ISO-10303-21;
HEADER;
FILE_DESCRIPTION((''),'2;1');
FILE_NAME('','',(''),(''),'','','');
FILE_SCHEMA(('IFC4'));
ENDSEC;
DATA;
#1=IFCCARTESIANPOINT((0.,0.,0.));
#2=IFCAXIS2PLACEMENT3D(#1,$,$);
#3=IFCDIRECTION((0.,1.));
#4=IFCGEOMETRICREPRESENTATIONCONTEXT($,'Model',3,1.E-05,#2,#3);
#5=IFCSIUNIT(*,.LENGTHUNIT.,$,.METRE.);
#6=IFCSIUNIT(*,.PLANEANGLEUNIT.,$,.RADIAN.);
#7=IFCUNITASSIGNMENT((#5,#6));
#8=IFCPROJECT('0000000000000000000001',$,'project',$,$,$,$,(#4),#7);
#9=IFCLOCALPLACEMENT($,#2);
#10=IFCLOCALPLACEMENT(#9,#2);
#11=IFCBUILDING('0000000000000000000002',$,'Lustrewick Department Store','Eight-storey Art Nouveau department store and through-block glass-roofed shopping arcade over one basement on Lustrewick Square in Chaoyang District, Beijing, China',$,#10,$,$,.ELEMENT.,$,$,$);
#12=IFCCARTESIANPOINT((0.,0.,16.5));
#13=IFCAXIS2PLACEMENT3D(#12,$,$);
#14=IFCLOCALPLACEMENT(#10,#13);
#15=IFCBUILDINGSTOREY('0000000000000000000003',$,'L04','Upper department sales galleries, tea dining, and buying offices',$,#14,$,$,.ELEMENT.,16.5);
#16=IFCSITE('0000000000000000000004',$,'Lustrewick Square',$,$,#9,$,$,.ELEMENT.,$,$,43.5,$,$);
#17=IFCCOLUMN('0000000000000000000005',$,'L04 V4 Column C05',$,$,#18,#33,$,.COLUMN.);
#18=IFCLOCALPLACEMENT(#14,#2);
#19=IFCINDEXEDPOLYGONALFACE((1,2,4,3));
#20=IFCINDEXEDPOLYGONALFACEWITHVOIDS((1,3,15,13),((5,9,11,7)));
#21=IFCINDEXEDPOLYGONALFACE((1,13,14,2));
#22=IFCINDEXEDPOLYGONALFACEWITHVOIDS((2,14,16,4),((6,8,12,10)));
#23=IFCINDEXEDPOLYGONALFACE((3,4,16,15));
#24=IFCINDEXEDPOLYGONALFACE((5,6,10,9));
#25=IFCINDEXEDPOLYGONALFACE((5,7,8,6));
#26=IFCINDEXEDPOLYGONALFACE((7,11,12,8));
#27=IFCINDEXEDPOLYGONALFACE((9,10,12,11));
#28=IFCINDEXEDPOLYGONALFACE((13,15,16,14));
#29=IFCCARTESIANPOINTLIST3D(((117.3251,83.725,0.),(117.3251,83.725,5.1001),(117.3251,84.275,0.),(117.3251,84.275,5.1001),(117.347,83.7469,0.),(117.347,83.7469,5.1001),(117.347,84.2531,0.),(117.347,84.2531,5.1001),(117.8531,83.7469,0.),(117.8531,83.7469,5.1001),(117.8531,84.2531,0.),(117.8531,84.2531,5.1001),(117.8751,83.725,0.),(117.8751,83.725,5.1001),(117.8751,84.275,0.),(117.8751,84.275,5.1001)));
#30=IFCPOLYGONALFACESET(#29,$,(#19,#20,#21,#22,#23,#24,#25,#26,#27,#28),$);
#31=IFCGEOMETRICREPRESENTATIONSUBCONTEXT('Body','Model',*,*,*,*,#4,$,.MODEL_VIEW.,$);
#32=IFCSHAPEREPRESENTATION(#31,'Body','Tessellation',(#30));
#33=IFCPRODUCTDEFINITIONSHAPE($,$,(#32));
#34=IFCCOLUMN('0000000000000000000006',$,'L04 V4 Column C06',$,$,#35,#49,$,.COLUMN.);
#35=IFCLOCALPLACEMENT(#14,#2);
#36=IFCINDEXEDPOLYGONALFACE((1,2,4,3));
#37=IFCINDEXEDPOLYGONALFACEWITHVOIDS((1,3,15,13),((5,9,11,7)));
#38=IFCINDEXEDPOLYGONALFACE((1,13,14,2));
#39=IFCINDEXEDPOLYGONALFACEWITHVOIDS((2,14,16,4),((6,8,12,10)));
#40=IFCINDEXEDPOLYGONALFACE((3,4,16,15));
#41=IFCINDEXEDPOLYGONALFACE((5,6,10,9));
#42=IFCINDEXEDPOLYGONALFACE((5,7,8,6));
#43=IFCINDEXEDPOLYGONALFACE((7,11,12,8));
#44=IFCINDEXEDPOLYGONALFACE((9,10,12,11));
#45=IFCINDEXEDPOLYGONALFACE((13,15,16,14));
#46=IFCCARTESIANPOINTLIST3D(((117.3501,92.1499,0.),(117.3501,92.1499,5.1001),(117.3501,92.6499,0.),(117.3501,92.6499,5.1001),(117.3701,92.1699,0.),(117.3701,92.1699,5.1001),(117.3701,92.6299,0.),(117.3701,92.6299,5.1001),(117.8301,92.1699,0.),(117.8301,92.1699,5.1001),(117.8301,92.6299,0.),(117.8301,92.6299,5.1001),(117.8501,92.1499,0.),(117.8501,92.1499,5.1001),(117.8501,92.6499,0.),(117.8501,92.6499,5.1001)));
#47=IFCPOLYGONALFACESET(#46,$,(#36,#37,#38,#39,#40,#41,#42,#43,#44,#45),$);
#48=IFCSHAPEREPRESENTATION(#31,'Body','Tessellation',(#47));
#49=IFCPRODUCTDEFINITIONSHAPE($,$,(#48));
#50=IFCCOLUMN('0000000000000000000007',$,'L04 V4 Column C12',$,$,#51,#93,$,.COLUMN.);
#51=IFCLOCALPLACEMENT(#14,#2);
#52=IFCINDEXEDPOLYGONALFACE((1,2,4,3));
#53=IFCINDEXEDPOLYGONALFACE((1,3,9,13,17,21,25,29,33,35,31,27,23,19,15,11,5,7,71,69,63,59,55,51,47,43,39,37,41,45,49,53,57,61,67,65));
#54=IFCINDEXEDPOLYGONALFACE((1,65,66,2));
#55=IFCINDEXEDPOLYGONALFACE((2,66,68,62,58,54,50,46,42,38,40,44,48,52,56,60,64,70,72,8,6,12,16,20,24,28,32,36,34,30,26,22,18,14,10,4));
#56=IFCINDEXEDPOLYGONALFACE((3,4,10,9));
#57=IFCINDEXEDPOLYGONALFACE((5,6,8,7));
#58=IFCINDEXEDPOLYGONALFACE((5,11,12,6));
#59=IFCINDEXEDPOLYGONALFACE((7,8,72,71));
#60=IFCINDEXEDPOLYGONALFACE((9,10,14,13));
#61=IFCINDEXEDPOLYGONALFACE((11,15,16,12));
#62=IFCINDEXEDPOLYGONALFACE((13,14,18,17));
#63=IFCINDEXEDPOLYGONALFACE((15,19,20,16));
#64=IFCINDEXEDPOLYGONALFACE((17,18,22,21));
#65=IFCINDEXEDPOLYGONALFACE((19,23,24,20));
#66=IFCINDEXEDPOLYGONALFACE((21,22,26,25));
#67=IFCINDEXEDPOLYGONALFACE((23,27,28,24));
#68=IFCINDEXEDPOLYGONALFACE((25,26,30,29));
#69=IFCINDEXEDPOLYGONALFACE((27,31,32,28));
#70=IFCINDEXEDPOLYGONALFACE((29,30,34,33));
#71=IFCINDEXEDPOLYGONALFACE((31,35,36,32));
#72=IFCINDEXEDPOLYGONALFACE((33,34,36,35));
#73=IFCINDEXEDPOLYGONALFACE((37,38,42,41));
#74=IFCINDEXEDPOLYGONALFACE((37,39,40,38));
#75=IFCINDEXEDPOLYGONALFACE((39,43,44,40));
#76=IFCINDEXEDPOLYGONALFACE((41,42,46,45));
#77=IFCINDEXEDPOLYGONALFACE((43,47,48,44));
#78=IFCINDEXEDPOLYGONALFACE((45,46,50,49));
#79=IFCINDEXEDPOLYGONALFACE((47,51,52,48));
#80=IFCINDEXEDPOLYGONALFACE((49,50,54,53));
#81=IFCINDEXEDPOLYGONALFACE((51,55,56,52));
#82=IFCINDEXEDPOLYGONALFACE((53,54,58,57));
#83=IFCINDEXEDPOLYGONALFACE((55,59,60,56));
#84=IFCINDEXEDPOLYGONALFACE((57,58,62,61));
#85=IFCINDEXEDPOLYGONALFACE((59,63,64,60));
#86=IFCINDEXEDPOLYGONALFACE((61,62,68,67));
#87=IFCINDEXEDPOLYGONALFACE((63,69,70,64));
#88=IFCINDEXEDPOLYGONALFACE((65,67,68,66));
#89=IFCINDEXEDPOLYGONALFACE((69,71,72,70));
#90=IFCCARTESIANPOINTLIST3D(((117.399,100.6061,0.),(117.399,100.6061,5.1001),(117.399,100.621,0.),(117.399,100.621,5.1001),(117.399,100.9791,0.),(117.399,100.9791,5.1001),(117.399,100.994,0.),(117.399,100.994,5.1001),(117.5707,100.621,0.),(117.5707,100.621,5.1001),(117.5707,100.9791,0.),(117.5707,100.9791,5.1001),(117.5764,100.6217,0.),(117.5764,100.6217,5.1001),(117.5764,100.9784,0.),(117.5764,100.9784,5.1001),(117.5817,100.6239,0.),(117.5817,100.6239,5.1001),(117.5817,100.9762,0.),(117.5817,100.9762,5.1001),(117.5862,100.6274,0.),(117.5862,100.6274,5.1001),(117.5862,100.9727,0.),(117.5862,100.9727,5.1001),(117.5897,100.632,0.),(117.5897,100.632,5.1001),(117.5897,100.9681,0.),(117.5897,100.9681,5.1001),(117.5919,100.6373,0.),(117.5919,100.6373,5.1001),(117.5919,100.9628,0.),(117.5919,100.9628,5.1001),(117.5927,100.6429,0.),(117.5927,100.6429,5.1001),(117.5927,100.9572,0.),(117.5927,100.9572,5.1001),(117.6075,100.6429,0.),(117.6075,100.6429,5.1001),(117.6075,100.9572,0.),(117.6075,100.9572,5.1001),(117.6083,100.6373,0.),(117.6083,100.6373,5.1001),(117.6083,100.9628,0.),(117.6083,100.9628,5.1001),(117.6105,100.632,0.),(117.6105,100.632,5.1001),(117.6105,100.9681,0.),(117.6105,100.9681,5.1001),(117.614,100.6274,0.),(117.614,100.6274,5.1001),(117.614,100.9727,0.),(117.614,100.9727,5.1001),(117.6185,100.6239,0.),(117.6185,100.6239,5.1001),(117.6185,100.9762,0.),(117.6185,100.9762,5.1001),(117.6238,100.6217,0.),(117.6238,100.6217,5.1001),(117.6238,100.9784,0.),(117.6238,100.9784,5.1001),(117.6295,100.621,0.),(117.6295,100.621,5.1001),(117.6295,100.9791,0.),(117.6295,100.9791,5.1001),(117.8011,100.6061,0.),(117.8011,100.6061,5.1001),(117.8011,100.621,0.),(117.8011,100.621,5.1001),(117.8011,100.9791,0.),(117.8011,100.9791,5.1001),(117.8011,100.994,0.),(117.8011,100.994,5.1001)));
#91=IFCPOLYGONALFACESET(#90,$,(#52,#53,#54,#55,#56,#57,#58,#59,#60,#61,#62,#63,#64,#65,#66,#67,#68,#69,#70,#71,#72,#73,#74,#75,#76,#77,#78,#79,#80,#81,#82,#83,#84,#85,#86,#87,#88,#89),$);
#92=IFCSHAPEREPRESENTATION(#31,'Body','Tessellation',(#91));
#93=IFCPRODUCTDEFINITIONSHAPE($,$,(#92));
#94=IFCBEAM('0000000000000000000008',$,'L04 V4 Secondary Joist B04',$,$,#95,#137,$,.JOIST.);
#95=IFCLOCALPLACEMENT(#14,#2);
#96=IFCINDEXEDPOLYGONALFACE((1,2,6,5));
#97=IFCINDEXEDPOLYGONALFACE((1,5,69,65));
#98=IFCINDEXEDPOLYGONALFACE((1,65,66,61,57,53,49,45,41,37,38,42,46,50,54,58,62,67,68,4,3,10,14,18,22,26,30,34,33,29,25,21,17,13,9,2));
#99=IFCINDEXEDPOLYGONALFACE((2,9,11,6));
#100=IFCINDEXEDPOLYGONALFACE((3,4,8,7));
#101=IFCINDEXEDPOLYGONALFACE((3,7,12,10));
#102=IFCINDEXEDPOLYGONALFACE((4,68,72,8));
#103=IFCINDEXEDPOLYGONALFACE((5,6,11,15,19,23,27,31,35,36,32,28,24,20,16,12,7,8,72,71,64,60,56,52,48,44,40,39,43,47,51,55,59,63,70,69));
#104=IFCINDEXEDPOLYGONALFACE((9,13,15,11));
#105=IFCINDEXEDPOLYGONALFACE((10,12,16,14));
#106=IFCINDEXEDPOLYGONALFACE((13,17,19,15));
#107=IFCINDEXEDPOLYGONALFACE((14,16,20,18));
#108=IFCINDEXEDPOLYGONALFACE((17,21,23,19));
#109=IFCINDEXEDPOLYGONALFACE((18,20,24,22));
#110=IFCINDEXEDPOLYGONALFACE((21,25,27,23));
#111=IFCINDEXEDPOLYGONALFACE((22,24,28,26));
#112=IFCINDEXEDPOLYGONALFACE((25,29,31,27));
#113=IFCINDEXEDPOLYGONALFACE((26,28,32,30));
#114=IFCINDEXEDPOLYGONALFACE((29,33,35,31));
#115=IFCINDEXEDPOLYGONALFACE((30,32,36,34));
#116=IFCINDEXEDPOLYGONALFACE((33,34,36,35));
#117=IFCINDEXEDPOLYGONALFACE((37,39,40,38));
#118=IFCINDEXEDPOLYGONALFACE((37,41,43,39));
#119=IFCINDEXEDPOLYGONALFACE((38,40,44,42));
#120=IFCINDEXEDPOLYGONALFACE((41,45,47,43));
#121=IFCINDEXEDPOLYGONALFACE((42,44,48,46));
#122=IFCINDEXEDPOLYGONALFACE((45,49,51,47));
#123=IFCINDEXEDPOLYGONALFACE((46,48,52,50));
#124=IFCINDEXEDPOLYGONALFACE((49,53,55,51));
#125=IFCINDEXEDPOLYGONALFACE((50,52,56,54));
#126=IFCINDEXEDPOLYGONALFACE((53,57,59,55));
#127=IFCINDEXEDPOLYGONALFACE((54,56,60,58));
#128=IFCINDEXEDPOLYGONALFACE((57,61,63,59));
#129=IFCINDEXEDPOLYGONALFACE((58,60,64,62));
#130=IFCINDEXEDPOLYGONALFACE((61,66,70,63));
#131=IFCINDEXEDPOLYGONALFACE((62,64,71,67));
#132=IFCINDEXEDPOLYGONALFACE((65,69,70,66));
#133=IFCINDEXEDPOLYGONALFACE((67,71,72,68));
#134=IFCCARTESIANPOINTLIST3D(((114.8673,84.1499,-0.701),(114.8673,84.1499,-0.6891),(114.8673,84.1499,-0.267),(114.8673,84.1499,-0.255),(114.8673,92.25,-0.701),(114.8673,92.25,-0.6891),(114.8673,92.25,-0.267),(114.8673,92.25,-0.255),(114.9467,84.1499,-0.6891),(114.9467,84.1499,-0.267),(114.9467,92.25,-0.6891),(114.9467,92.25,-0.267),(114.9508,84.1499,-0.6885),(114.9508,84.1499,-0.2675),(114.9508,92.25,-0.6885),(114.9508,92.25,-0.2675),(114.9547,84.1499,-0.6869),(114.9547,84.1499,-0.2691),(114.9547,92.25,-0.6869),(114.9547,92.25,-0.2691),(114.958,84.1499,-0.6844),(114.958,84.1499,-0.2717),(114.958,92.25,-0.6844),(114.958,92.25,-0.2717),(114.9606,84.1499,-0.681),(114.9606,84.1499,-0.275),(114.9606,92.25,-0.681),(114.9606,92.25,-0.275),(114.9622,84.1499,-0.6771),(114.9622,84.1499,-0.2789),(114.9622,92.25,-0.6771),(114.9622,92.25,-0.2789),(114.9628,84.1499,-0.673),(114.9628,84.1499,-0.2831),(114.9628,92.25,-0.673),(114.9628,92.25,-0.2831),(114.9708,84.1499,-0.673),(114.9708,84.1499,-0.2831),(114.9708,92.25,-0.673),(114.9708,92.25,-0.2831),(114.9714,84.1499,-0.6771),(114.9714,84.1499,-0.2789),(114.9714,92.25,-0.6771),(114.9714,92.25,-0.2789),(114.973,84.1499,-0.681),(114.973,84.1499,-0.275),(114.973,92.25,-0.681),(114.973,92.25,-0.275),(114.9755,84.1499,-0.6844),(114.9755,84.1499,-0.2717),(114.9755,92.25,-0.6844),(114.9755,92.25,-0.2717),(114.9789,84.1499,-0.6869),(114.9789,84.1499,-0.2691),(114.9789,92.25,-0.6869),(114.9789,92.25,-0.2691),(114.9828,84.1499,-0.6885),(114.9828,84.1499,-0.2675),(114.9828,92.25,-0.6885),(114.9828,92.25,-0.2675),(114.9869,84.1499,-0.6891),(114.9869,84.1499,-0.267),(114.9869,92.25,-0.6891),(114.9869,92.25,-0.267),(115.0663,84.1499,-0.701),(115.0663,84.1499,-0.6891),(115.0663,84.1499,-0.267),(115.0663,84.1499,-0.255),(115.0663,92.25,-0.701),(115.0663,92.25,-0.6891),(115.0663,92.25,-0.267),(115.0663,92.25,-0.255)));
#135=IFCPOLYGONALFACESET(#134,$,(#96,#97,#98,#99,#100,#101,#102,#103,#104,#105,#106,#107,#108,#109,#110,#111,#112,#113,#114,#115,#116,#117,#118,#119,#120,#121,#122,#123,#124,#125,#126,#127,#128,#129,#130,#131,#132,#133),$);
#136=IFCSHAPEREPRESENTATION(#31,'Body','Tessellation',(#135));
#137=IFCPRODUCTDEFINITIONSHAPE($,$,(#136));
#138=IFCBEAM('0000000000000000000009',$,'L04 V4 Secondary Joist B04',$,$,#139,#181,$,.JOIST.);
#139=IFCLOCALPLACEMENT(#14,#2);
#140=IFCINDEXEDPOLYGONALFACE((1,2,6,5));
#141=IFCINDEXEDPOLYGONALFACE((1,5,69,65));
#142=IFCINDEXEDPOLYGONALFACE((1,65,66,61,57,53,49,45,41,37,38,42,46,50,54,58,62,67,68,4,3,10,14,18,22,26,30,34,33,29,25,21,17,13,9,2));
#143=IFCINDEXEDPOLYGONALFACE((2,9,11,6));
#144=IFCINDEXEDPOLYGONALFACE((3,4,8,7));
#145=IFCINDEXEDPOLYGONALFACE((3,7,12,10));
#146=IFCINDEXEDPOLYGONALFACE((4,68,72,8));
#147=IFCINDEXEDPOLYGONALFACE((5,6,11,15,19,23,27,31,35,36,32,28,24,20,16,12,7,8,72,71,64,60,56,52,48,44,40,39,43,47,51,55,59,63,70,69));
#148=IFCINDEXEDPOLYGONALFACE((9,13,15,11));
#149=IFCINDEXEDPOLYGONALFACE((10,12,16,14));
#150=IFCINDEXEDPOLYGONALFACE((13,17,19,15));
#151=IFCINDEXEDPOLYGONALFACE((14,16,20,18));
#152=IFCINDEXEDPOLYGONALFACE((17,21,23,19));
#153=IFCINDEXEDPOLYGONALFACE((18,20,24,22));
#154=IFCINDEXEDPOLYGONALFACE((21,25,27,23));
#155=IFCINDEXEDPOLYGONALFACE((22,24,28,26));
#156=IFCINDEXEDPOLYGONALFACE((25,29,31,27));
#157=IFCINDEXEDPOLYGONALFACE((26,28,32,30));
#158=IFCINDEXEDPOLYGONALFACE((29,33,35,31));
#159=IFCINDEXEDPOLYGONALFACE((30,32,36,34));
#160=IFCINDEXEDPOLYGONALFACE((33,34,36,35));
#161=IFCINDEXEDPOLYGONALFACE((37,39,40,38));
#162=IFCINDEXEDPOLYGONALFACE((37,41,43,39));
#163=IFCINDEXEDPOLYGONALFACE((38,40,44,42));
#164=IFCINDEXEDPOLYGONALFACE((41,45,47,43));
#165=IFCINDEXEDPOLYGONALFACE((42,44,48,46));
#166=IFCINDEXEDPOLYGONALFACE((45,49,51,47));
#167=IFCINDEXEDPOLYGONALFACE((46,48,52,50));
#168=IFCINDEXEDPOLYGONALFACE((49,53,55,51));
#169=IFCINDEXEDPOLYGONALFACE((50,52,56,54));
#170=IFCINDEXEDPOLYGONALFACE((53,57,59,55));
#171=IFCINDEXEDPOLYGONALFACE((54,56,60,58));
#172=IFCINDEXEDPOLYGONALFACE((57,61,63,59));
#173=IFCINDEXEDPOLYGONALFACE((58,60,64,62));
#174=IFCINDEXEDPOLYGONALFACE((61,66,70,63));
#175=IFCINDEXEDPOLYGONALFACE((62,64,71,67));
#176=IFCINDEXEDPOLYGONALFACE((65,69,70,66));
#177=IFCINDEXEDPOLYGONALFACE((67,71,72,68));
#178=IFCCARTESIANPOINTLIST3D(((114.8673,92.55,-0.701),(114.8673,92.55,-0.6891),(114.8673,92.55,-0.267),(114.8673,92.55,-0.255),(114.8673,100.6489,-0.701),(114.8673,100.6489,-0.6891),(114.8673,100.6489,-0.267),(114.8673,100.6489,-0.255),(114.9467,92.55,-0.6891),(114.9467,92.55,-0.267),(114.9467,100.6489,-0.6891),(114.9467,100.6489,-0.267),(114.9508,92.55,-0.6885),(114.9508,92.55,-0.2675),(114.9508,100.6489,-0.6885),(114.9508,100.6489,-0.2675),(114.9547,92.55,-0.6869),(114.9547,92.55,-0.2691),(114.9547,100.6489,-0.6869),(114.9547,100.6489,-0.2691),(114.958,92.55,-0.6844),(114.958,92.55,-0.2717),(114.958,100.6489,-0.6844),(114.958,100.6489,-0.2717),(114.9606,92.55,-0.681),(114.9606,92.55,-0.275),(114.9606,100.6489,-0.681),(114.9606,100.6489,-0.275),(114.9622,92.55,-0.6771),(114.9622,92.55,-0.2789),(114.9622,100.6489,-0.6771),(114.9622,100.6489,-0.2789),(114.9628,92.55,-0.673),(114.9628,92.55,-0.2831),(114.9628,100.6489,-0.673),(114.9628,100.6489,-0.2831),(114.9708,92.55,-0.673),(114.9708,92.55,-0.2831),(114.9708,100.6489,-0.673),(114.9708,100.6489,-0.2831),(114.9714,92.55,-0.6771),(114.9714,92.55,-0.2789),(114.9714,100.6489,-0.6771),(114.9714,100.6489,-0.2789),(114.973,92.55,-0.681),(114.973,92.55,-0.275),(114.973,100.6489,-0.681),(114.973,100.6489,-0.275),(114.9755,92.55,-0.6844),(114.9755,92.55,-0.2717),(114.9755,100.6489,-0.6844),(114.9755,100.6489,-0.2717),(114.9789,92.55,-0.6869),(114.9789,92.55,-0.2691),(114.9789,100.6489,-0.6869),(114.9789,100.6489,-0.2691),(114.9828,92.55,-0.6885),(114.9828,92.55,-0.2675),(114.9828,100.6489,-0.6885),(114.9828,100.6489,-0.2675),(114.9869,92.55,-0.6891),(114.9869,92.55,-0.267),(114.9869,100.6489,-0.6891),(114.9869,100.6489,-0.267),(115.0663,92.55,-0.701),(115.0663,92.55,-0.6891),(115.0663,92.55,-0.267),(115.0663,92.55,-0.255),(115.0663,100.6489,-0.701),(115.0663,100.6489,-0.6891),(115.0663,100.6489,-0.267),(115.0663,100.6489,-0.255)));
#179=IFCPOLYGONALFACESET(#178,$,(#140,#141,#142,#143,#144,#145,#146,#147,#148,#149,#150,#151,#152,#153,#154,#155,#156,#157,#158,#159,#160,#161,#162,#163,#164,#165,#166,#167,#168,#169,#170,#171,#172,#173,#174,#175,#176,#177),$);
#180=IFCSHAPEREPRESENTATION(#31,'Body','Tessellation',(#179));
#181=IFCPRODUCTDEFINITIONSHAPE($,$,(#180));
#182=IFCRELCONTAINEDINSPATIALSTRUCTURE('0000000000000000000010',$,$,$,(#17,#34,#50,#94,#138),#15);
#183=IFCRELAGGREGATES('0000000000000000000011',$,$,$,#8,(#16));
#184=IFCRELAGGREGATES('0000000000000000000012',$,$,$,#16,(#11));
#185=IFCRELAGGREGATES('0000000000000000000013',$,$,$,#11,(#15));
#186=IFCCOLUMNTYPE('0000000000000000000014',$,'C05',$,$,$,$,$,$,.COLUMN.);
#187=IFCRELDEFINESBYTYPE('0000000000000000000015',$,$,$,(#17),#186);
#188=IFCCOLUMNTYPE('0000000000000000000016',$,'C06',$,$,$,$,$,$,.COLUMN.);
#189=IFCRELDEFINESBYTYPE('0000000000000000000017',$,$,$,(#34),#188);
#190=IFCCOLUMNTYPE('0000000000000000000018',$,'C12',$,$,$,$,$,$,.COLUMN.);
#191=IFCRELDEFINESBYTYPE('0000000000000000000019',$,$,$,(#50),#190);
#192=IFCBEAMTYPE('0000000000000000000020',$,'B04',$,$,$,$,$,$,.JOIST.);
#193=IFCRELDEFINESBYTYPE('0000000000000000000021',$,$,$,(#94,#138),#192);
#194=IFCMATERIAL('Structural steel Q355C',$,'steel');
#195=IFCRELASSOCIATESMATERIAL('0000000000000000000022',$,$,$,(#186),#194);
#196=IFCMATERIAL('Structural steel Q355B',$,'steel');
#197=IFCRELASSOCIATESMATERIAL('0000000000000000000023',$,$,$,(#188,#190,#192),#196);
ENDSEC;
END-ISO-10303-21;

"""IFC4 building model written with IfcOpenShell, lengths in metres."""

from ifc_helpers import new_model, si_unit, direction, frame, origin, origin_2d, place, context, subcontext, project, spatial, hollow_rectangle, i_section, extrude, material, material_profile, profile_set, type_object, element, save


model = new_model("IFC4")

# Units and contexts
model_context = context("Model", 3, precision=1e-05, world=origin(), true_north=direction((0.0, 1.0)))
body_context = subcontext(model_context, "Body", "Model", "MODEL_VIEW")
ifc_project = project(units=[si_unit("LENGTHUNIT", "METRE"), si_unit("PLANEANGLEUNIT", "RADIAN")], contexts=[model_context])

# Site, building, storey
site_placement = place(None, origin())
site = spatial("IfcSite", under=ifc_project, at=site_placement, Name="Lustrewick Square", CompositionType="ELEMENT", RefElevation=43.5)
building_placement = place(site_placement, origin())
building = spatial("IfcBuilding", under=site, at=building_placement, Name="Lustrewick Department Store", Description="Eight-storey Art Nouveau department store and through-block glass-roofed shopping arcade over one basement on Lustrewick Square in Chaoyang District, Beijing, China", CompositionType="ELEMENT")
storey_placement = place(building_placement, frame((0.0, 0.0, 16.5)))
storey = spatial("IfcBuildingStorey", under=building, at=storey_placement, Name="L04", Description="Upper department sales galleries, tea dining, and buying offices", CompositionType="ELEMENT", Elevation=16.5)

# Columns
ifc_material_1 = material(Name="Structural steel Q355C", Category="steel")
ifc_material_profile_1 = material_profile(ifc_material_1, hollow_rectangle(XDim=0.55, YDim=0.55, WallThickness=0.022, at=origin_2d()), Name="BOX 550x550x22")
ifc_profile_set_1 = profile_set([ifc_material_profile_1], Name="Structural steel Q355C")
column_type_1 = type_object("IfcColumnType", Name="C05", PredefinedType="COLUMN", material=ifc_profile_set_1)
column_1_placement = place(storey_placement, frame((117.6001, 84.0, 0.0), z_axis=(0.0, 0.0, 1.0), x_axis=(1.0, 0.0, 0.0)))
element("IfcColumn", 1, at=column_1_placement, inside=storey, type_object=column_type_1, Name="L04 V4 Column C05", PredefinedType="COLUMN", context=body_context, shape_type="SweptSolid", body=[
    extrude(hollow_rectangle(XDim=0.55, YDim=0.55, WallThickness=0.022, at=origin_2d()), origin(), (0.0, 0.0, 1.0), 5.1001),
])
ifc_material_2 = material(Name="Structural steel Q355B", Category="steel")
ifc_material_profile_2 = material_profile(ifc_material_2, hollow_rectangle(XDim=0.5, YDim=0.5, WallThickness=0.02, at=origin_2d()), Name="BOX 500x500x20")
ifc_profile_set_2 = profile_set([ifc_material_profile_2], Name="Structural steel Q355B")
column_type_2 = type_object("IfcColumnType", Name="C06", PredefinedType="COLUMN", material=ifc_profile_set_2)
column_2_placement = place(storey_placement, frame((117.6001, 92.3999, 0.0), z_axis=(0.0, 0.0, 1.0), x_axis=(1.0, 0.0, 0.0)))
element("IfcColumn", 2, at=column_2_placement, inside=storey, type_object=column_type_2, Name="L04 V4 Column C06", PredefinedType="COLUMN", context=body_context, shape_type="SweptSolid", body=[
    extrude(hollow_rectangle(XDim=0.5, YDim=0.5, WallThickness=0.02, at=origin_2d()), origin(), (0.0, 0.0, 1.0), 5.1001),
])
ifc_material_profile_3 = material_profile(ifc_material_2, i_section(OverallWidth=0.4021, OverallDepth=0.3879, WebThickness=0.0149, FlangeThickness=0.0149, FilletRadius=0.022, at=origin_2d()), Name="HW 388x402x15x15")
ifc_profile_set_3 = profile_set([ifc_material_profile_3], Name="Structural steel Q355B")
column_type_3 = type_object("IfcColumnType", Name="C12", PredefinedType="COLUMN", material=ifc_profile_set_3)
column_3_placement = place(storey_placement, frame((117.6001, 100.8, 0.0), z_axis=(0.0, 0.0, 1.0), x_axis=(1.0, 0.0, 0.0)))
element("IfcColumn", 3, at=column_3_placement, inside=storey, type_object=column_type_3, Name="L04 V4 Column C12", PredefinedType="COLUMN", context=body_context, shape_type="SweptSolid", body=[
    extrude(i_section(OverallWidth=0.4021, OverallDepth=0.3879, WebThickness=0.0149, FlangeThickness=0.0149, FilletRadius=0.022, at=origin_2d()), origin(), (0.0, 0.0, 1.0), 5.1001),
])

# Beams
ifc_material_profile_4 = material_profile(ifc_material_2, i_section(OverallWidth=0.199, OverallDepth=0.446, WebThickness=0.0081, FlangeThickness=0.012, FilletRadius=0.0161, at=origin_2d()), Name="HN 446x199x8x12")
ifc_profile_set_4 = profile_set([ifc_material_profile_4], Name="Structural steel Q355B")
beam_type_1 = type_object("IfcBeamType", Name="B04", PredefinedType="JOIST", material=ifc_profile_set_4)
beam_1_placement = place(storey_placement, frame((114.9668, 84.1499, -0.478), z_axis=(0.0, 1.0, 0.0), x_axis=(-1.0, 0.0, 0.0)))
element("IfcBeam", 4, at=beam_1_placement, inside=storey, type_object=beam_type_1, Name="L04 V4 Secondary Joist B04", PredefinedType="JOIST", context=body_context, shape_type="SweptSolid", body=[
    extrude(i_section(OverallWidth=0.199, OverallDepth=0.446, WebThickness=0.0081, FlangeThickness=0.012, FilletRadius=0.0161, at=origin_2d()), origin(), (0.0, 0.0, 1.0), 8.1001),
])
beam_2_placement = place(storey_placement, frame((114.9668, 92.55, -0.478), z_axis=(0.0, 1.0, 0.0), x_axis=(-1.0, 0.0, 0.0)))
element("IfcBeam", 5, at=beam_2_placement, inside=storey, type_object=beam_type_1, Name="L04 V4 Secondary Joist B04", PredefinedType="JOIST", context=body_context, shape_type="SweptSolid", body=[
    extrude(i_section(OverallWidth=0.199, OverallDepth=0.446, WebThickness=0.0081, FlangeThickness=0.012, FilletRadius=0.0161, at=origin_2d()), origin(), (0.0, 0.0, 1.0), 8.0989),
])

save(model, "model.ifc")
